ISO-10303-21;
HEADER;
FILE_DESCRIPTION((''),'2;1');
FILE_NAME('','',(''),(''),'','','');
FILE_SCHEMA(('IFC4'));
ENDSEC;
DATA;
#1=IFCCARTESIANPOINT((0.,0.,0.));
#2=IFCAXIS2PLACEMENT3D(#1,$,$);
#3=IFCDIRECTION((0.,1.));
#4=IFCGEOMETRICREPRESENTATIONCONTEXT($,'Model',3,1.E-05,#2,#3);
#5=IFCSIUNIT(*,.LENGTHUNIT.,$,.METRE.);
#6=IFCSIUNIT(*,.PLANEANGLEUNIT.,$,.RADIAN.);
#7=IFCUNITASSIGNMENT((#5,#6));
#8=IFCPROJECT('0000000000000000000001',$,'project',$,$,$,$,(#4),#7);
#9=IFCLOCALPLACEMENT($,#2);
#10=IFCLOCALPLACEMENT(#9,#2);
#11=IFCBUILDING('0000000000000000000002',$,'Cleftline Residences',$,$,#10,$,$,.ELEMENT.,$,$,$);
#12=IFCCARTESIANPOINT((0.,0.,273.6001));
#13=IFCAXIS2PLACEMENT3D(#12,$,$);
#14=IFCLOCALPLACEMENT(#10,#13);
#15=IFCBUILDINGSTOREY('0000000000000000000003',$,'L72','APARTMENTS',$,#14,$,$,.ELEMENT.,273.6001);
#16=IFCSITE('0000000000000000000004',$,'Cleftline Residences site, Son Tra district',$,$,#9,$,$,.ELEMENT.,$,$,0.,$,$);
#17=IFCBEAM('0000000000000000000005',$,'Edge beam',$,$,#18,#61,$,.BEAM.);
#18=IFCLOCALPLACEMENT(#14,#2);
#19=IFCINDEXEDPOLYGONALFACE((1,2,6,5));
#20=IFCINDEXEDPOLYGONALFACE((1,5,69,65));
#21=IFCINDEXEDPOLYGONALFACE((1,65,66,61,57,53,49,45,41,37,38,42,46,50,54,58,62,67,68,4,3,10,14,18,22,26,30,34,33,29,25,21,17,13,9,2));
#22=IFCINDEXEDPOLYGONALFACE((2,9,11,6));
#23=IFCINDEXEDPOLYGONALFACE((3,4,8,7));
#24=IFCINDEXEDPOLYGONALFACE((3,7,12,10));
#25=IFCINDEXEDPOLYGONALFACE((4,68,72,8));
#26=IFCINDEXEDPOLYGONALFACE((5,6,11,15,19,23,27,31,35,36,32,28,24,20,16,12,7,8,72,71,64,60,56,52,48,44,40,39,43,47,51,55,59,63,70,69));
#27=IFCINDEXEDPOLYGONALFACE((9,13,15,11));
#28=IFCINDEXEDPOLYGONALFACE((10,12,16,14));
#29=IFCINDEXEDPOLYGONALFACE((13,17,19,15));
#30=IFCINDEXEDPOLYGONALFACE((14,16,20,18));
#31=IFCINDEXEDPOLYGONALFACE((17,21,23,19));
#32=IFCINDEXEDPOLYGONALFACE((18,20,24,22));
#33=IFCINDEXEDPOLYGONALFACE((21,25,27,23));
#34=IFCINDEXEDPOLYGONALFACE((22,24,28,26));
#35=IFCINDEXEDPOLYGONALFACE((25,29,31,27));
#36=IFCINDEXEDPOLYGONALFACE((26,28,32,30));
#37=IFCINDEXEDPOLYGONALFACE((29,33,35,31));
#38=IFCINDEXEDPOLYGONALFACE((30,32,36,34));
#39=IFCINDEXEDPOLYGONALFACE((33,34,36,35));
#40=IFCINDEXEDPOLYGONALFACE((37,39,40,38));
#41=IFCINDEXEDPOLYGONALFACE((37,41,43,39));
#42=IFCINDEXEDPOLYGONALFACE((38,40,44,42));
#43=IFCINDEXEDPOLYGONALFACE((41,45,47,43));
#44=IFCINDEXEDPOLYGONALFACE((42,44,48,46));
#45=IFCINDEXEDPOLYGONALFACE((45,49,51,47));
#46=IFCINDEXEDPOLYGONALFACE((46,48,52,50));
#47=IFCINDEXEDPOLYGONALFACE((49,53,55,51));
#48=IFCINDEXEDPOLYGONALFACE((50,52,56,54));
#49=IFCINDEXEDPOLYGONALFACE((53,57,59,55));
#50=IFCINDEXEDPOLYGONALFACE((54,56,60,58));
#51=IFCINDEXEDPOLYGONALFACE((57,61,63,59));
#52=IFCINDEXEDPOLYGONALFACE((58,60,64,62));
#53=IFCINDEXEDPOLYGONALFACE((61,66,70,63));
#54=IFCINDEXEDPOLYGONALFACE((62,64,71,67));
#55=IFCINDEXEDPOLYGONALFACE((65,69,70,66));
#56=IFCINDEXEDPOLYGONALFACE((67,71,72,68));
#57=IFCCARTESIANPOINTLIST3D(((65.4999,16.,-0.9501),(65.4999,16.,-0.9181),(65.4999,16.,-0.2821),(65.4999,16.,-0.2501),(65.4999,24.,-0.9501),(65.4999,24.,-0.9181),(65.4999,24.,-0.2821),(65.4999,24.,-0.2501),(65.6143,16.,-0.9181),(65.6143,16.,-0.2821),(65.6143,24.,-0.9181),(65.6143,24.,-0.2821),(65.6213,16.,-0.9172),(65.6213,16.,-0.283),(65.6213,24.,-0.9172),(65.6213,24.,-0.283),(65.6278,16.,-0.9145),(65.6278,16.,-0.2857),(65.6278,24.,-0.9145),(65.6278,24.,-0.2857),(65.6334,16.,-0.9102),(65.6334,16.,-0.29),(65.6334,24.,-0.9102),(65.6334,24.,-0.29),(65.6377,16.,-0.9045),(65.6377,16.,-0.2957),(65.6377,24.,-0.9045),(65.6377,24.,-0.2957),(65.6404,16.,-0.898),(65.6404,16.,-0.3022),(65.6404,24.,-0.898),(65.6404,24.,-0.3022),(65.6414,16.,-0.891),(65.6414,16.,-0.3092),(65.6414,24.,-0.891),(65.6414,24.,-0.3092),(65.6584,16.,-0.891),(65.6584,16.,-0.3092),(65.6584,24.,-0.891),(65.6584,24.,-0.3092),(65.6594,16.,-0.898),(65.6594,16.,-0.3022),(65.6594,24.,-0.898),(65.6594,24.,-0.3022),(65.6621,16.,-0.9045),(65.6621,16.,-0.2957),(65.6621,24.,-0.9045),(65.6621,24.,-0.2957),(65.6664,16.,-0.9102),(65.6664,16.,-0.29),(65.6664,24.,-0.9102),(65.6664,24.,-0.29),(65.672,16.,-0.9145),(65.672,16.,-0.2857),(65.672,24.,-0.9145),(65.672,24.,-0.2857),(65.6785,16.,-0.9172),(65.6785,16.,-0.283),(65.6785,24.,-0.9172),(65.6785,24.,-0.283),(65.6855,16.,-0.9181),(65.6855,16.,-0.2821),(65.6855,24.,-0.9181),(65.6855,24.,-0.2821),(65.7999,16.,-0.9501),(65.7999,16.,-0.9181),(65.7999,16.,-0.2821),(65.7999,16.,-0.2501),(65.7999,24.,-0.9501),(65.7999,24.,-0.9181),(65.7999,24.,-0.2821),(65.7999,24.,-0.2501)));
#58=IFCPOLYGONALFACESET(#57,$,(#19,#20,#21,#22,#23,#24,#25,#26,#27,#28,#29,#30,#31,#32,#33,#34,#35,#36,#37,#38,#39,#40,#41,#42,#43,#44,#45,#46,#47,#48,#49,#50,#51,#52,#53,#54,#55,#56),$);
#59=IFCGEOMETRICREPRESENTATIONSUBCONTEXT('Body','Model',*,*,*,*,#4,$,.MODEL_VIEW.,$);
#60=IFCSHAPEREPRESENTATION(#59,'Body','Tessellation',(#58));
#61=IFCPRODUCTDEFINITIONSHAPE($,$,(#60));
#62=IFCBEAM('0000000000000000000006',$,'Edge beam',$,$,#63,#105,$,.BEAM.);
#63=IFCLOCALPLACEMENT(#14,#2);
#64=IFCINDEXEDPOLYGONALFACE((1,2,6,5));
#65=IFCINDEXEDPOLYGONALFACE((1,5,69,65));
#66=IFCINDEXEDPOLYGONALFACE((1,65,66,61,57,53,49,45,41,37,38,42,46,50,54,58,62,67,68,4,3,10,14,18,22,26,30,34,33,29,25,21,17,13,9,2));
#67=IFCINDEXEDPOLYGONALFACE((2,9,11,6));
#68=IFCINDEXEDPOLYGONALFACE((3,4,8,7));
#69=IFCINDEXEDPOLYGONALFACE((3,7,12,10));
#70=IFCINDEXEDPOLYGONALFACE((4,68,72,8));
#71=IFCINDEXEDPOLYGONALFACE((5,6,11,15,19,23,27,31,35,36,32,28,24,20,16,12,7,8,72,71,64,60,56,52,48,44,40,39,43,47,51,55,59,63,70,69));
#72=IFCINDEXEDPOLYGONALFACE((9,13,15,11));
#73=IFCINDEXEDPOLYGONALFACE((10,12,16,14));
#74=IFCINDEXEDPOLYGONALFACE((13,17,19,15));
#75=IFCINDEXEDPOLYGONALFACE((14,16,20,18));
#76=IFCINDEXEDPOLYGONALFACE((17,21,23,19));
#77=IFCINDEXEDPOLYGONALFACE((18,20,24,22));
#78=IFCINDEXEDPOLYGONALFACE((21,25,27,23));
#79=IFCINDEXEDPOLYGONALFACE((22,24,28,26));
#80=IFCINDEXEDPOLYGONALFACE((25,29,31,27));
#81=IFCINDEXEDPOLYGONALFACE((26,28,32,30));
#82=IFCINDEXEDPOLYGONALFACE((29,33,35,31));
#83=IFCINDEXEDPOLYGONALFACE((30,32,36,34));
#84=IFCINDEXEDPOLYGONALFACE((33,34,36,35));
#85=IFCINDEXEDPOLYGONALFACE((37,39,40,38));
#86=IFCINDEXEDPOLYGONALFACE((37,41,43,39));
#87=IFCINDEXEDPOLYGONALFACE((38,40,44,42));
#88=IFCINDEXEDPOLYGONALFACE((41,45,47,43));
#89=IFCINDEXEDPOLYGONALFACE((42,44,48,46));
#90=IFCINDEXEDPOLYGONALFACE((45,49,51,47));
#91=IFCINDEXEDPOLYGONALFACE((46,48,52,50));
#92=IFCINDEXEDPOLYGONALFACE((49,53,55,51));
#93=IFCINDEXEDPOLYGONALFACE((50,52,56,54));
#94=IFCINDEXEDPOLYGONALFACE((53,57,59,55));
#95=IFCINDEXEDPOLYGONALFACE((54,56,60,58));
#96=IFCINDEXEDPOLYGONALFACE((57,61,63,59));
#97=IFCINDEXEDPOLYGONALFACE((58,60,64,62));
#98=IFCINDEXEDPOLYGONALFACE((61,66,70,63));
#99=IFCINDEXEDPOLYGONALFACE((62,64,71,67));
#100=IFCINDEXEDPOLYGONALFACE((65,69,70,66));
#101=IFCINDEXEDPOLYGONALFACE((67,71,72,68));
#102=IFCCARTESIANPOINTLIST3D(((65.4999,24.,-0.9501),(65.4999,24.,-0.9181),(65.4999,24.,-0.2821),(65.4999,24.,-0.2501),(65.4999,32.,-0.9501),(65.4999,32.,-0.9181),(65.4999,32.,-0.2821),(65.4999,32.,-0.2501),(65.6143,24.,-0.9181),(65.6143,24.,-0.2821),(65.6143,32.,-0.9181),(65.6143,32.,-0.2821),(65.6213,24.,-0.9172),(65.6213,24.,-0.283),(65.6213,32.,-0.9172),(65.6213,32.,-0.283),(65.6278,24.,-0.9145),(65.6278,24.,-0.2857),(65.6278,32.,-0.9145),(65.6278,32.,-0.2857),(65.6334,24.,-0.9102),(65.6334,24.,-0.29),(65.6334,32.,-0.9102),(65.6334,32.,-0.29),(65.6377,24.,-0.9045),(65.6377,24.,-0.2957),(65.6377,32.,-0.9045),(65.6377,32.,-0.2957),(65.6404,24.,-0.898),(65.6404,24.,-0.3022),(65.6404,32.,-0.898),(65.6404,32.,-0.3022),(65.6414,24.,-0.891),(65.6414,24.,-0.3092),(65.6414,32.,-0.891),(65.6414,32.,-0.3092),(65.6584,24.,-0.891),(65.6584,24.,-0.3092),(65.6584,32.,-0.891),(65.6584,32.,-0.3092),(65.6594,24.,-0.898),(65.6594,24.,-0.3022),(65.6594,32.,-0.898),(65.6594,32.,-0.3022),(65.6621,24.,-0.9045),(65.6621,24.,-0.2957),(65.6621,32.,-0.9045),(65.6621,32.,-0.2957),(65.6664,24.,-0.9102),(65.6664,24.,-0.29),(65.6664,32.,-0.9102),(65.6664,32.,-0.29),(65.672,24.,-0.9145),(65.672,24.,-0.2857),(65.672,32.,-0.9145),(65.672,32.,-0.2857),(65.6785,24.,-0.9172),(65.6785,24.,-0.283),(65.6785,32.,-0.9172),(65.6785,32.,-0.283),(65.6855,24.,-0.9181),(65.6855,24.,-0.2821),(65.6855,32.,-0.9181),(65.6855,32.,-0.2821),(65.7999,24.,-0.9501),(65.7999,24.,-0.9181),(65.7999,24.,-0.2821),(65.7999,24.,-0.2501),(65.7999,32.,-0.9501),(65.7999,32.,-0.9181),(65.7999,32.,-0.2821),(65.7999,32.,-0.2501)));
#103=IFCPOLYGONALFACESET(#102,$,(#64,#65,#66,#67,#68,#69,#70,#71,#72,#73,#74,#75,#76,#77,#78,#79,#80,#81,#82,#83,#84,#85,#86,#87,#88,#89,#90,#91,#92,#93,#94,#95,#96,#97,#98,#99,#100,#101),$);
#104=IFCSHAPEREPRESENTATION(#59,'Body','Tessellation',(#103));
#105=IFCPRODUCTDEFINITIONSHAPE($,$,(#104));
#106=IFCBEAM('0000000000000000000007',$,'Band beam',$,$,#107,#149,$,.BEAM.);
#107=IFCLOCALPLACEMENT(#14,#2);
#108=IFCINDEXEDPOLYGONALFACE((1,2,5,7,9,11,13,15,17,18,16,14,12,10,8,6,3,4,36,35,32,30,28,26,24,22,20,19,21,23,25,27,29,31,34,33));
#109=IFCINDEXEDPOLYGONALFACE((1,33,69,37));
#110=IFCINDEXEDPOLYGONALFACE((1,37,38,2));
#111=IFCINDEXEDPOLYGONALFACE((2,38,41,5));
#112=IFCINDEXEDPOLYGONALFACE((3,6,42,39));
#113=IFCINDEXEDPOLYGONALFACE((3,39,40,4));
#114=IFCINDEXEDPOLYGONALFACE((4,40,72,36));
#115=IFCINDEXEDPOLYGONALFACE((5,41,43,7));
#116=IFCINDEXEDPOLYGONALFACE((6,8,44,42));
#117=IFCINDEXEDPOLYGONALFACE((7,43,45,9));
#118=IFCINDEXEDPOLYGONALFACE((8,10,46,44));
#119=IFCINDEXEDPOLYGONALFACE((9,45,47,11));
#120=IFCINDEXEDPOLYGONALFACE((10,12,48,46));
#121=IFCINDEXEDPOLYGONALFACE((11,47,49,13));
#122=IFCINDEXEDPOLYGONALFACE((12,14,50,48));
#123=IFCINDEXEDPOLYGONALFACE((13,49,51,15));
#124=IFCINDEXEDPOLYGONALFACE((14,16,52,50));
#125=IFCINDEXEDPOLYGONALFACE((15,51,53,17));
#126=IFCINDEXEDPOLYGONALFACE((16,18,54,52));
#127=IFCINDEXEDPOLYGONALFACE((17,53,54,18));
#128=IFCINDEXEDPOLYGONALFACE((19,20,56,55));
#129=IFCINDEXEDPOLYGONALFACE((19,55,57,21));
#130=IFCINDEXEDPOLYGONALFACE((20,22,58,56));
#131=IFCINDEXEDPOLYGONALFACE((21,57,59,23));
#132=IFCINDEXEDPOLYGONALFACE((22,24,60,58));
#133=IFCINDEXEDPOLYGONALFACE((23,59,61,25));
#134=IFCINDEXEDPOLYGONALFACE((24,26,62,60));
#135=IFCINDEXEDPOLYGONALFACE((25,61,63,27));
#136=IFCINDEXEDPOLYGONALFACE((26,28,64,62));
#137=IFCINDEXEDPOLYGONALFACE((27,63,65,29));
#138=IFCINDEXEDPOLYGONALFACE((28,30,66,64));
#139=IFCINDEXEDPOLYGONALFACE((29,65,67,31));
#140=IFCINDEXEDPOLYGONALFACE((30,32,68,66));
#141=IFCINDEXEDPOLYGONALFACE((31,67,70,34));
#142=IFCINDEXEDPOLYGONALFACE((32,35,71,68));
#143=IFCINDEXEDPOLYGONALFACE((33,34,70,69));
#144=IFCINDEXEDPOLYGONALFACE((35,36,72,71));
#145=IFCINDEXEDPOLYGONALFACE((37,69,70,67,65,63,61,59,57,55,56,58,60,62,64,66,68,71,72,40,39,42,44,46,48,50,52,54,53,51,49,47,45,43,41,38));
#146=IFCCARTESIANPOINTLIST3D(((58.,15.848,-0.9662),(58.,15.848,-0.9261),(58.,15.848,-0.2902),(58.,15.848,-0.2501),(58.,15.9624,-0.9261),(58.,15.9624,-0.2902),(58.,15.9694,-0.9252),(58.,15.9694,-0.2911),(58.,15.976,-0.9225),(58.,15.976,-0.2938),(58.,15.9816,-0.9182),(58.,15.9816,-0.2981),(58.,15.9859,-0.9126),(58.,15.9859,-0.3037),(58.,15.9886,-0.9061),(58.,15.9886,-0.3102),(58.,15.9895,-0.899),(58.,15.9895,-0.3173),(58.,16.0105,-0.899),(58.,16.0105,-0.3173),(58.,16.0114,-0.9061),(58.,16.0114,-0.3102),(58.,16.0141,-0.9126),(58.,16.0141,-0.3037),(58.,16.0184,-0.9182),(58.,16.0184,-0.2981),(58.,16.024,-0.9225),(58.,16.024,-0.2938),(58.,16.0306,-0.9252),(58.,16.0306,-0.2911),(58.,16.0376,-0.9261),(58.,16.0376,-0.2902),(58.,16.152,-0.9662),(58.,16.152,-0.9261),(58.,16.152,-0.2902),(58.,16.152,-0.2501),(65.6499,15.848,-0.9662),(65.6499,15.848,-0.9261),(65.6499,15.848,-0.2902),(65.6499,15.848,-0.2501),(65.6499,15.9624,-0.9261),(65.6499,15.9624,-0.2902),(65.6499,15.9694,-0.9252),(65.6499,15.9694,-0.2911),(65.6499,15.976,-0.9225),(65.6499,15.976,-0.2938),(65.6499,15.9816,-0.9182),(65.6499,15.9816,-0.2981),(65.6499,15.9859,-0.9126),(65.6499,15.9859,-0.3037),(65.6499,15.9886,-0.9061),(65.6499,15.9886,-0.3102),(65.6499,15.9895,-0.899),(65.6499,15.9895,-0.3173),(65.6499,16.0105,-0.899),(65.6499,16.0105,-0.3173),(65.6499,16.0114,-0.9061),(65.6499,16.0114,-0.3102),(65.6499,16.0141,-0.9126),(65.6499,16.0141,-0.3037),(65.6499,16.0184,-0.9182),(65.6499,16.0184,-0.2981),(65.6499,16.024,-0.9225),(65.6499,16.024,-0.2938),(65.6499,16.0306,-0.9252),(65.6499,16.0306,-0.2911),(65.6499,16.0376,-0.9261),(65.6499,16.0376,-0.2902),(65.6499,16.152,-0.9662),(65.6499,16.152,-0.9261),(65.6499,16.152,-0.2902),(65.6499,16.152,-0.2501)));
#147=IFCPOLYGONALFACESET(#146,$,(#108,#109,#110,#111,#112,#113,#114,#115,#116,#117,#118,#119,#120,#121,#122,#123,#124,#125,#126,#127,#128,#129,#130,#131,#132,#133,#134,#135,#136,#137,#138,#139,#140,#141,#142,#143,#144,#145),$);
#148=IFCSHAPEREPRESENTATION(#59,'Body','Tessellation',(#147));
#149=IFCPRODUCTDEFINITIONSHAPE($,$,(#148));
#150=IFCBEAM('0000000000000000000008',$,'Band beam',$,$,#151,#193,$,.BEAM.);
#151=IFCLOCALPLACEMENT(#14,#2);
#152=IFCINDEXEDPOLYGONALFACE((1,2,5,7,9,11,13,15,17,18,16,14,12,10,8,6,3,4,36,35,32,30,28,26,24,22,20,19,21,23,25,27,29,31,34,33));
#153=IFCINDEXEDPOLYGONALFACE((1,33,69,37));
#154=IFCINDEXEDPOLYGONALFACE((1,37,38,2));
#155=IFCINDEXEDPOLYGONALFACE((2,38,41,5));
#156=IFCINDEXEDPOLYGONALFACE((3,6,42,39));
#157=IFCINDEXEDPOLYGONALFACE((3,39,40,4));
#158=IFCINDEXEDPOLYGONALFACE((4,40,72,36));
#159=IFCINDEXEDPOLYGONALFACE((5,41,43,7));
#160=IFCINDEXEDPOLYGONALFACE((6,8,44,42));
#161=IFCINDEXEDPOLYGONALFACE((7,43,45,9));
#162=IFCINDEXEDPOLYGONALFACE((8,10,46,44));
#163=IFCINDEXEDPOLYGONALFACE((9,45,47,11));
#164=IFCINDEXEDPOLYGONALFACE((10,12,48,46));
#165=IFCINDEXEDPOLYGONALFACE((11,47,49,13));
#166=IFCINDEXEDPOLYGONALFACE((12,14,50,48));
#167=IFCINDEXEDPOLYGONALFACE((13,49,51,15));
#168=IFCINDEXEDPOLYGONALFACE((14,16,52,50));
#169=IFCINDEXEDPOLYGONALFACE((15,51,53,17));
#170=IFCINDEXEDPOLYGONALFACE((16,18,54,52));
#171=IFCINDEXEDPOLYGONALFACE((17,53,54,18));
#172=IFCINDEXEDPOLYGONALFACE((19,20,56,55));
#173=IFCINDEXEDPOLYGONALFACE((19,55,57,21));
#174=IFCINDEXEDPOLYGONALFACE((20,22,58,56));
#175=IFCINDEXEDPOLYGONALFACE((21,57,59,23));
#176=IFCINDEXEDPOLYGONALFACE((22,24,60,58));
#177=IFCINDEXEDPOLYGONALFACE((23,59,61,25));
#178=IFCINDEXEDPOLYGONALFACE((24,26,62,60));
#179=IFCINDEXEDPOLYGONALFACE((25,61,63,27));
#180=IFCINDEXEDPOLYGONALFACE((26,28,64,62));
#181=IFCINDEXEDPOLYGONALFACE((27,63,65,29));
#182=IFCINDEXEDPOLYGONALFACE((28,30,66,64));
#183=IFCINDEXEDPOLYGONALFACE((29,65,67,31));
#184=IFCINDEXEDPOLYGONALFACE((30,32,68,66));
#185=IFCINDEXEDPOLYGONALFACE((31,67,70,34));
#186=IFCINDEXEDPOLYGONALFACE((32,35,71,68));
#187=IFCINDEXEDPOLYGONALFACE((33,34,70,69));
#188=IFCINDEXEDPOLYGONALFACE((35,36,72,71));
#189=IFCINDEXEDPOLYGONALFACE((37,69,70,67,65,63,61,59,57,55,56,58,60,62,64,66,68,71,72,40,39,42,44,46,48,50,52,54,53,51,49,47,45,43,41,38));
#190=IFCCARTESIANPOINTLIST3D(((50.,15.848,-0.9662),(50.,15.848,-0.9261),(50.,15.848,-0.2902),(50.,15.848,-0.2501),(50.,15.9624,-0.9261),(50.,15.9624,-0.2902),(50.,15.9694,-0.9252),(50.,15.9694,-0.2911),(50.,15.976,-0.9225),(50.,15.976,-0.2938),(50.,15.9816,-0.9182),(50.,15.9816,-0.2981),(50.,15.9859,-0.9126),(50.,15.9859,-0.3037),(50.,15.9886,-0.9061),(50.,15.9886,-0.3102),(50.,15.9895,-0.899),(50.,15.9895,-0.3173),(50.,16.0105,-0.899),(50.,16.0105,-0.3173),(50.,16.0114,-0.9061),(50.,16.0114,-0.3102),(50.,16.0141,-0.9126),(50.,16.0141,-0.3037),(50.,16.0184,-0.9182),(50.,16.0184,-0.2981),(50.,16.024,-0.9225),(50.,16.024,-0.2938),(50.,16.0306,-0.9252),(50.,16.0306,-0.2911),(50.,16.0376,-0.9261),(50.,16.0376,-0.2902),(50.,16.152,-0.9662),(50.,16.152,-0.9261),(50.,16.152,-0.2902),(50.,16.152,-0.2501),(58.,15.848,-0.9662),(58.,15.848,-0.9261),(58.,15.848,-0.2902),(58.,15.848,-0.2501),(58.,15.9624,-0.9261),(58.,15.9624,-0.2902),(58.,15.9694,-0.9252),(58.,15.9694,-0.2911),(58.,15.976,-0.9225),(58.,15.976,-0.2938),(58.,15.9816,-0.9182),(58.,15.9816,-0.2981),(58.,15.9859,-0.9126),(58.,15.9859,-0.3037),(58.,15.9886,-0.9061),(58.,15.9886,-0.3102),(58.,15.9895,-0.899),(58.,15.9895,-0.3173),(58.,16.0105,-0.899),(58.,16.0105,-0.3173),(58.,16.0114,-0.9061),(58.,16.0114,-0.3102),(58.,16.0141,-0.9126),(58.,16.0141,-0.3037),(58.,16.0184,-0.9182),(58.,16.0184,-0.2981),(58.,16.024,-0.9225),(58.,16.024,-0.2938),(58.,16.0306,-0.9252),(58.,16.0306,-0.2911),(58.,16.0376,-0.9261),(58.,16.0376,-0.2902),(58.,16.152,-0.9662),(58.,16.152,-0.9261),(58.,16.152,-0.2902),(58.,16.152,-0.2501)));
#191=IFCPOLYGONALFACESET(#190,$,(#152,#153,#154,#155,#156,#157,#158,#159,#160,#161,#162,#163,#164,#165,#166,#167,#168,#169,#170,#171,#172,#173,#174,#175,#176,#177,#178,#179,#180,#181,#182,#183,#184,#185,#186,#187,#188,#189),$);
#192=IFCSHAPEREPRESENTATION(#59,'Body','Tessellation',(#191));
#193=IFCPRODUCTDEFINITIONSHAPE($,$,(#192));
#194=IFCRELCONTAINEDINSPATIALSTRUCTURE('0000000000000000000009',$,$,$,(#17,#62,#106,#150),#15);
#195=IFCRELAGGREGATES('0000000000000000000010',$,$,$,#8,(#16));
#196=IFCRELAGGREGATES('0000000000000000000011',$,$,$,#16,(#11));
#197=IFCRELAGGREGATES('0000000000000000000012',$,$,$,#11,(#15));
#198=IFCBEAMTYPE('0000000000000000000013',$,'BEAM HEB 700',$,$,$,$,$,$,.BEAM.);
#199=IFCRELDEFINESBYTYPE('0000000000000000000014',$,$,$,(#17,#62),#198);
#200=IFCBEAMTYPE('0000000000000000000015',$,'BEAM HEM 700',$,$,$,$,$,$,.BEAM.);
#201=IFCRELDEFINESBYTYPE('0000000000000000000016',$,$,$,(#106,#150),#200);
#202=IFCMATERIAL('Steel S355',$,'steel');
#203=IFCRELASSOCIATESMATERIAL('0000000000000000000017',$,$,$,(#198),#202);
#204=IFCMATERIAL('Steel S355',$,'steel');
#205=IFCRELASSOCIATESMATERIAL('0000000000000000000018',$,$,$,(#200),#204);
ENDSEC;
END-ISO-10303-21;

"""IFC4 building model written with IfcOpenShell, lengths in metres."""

from ifc_helpers import new_model, si_unit, direction, frame, origin, origin_2d, place, context, subcontext, project, spatial, i_section, extrude, material, material_profile, profile_set, type_object, element, save


model = new_model("IFC4")

# Units and contexts
model_context = context("Model", 3, precision=1e-05, world=origin(), true_north=direction((0.0, 1.0)))
body_context = subcontext(model_context, "Body", "Model", "MODEL_VIEW")
ifc_project = project(units=[si_unit("LENGTHUNIT", "METRE"), si_unit("PLANEANGLEUNIT", "RADIAN")], contexts=[model_context])

# Site, building, storey
site_placement = place(None, origin())
site = spatial("IfcSite", under=ifc_project, at=site_placement, Name="Cleftline Residences site, Son Tra district", CompositionType="ELEMENT", RefElevation=0.0)
building_placement = place(site_placement, origin())
building = spatial("IfcBuilding", under=site, at=building_placement, Name="Cleftline Residences", CompositionType="ELEMENT")
storey_placement = place(building_placement, frame((0.0, 0.0, 273.6001)))
storey = spatial("IfcBuildingStorey", under=building, at=storey_placement, Name="L72", Description="APARTMENTS", CompositionType="ELEMENT", Elevation=273.6001)

# Beams
ifc_material_1 = material(Name="Steel S355", Category="steel")
ifc_material_profile_1 = material_profile(ifc_material_1, i_section(OverallWidth=0.3, OverallDepth=0.7, WebThickness=0.0171, FlangeThickness=0.032, FilletRadius=0.0271, at=origin_2d()))
ifc_profile_set_1 = profile_set([ifc_material_profile_1], Name="Steel S355")
beam_type_1 = type_object("IfcBeamType", Name="BEAM HEB 700", PredefinedType="BEAM", material=ifc_profile_set_1)
for number, where, z_axis, x_axis, name in (
    (1, (65.6499, 16.0, -0.6001), (0.0, 1.0, 0.0), (-1.0, 0.0, 0.0), "Edge beam"),
    (2, (65.6499, 24.0, -0.6001), (0.0, 1.0, 0.0), (-1.0, 0.0, 0.0), "Edge beam"),
):
    element("IfcBeam", number, at=place(storey_placement, frame(where, z_axis=z_axis, x_axis=x_axis)), inside=storey, type_object=beam_type_1, Name=name, PredefinedType="BEAM", context=body_context, shape_type="SweptSolid", body=[
        extrude(i_section(OverallWidth=0.3, OverallDepth=0.7, WebThickness=0.0171, FlangeThickness=0.032, FilletRadius=0.0271, at=origin_2d()), origin(), (0.0, 0.0, 1.0), 8.0),
    ])
ifc_material_2 = material(Name="Steel S355", Category="steel")
ifc_material_profile_2 = material_profile(ifc_material_2, i_section(OverallWidth=0.304, OverallDepth=0.7161, WebThickness=0.021, FlangeThickness=0.04, FilletRadius=0.0271, at=origin_2d()))
ifc_profile_set_2 = profile_set([ifc_material_profile_2], Name="Steel S355")
beam_type_2 = type_object("IfcBeamType", Name="BEAM HEM 700", PredefinedType="BEAM", material=ifc_profile_set_2)
beam_1_placement = place(storey_placement, frame((65.6499, 16.0, -0.6082), z_axis=(-1.0, 0.0, 0.0), x_axis=(0.0, -1.0, 0.0)))
element("IfcBeam", 3, at=beam_1_placement, inside=storey, type_object=beam_type_2, Name="Band beam", PredefinedType="BEAM", context=body_context, shape_type="SweptSolid", body=[
    extrude(i_section(OverallWidth=0.304, OverallDepth=0.7161, WebThickness=0.021, FlangeThickness=0.04, FilletRadius=0.0271, at=origin_2d()), origin(), (0.0, 0.0, 1.0), 7.6499),
])
beam_2_placement = place(storey_placement, frame((58.0, 16.0, -0.6082), z_axis=(-1.0, 0.0, 0.0), x_axis=(0.0, -1.0, 0.0)))
element("IfcBeam", 4, at=beam_2_placement, inside=storey, type_object=beam_type_2, Name="Band beam", PredefinedType="BEAM", context=body_context, shape_type="SweptSolid", body=[
    extrude(i_section(OverallWidth=0.304, OverallDepth=0.7161, WebThickness=0.021, FlangeThickness=0.04, FilletRadius=0.0271, at=origin_2d()), origin(), (0.0, 0.0, 1.0), 8.0),
])

save(model, "model.ifc")
